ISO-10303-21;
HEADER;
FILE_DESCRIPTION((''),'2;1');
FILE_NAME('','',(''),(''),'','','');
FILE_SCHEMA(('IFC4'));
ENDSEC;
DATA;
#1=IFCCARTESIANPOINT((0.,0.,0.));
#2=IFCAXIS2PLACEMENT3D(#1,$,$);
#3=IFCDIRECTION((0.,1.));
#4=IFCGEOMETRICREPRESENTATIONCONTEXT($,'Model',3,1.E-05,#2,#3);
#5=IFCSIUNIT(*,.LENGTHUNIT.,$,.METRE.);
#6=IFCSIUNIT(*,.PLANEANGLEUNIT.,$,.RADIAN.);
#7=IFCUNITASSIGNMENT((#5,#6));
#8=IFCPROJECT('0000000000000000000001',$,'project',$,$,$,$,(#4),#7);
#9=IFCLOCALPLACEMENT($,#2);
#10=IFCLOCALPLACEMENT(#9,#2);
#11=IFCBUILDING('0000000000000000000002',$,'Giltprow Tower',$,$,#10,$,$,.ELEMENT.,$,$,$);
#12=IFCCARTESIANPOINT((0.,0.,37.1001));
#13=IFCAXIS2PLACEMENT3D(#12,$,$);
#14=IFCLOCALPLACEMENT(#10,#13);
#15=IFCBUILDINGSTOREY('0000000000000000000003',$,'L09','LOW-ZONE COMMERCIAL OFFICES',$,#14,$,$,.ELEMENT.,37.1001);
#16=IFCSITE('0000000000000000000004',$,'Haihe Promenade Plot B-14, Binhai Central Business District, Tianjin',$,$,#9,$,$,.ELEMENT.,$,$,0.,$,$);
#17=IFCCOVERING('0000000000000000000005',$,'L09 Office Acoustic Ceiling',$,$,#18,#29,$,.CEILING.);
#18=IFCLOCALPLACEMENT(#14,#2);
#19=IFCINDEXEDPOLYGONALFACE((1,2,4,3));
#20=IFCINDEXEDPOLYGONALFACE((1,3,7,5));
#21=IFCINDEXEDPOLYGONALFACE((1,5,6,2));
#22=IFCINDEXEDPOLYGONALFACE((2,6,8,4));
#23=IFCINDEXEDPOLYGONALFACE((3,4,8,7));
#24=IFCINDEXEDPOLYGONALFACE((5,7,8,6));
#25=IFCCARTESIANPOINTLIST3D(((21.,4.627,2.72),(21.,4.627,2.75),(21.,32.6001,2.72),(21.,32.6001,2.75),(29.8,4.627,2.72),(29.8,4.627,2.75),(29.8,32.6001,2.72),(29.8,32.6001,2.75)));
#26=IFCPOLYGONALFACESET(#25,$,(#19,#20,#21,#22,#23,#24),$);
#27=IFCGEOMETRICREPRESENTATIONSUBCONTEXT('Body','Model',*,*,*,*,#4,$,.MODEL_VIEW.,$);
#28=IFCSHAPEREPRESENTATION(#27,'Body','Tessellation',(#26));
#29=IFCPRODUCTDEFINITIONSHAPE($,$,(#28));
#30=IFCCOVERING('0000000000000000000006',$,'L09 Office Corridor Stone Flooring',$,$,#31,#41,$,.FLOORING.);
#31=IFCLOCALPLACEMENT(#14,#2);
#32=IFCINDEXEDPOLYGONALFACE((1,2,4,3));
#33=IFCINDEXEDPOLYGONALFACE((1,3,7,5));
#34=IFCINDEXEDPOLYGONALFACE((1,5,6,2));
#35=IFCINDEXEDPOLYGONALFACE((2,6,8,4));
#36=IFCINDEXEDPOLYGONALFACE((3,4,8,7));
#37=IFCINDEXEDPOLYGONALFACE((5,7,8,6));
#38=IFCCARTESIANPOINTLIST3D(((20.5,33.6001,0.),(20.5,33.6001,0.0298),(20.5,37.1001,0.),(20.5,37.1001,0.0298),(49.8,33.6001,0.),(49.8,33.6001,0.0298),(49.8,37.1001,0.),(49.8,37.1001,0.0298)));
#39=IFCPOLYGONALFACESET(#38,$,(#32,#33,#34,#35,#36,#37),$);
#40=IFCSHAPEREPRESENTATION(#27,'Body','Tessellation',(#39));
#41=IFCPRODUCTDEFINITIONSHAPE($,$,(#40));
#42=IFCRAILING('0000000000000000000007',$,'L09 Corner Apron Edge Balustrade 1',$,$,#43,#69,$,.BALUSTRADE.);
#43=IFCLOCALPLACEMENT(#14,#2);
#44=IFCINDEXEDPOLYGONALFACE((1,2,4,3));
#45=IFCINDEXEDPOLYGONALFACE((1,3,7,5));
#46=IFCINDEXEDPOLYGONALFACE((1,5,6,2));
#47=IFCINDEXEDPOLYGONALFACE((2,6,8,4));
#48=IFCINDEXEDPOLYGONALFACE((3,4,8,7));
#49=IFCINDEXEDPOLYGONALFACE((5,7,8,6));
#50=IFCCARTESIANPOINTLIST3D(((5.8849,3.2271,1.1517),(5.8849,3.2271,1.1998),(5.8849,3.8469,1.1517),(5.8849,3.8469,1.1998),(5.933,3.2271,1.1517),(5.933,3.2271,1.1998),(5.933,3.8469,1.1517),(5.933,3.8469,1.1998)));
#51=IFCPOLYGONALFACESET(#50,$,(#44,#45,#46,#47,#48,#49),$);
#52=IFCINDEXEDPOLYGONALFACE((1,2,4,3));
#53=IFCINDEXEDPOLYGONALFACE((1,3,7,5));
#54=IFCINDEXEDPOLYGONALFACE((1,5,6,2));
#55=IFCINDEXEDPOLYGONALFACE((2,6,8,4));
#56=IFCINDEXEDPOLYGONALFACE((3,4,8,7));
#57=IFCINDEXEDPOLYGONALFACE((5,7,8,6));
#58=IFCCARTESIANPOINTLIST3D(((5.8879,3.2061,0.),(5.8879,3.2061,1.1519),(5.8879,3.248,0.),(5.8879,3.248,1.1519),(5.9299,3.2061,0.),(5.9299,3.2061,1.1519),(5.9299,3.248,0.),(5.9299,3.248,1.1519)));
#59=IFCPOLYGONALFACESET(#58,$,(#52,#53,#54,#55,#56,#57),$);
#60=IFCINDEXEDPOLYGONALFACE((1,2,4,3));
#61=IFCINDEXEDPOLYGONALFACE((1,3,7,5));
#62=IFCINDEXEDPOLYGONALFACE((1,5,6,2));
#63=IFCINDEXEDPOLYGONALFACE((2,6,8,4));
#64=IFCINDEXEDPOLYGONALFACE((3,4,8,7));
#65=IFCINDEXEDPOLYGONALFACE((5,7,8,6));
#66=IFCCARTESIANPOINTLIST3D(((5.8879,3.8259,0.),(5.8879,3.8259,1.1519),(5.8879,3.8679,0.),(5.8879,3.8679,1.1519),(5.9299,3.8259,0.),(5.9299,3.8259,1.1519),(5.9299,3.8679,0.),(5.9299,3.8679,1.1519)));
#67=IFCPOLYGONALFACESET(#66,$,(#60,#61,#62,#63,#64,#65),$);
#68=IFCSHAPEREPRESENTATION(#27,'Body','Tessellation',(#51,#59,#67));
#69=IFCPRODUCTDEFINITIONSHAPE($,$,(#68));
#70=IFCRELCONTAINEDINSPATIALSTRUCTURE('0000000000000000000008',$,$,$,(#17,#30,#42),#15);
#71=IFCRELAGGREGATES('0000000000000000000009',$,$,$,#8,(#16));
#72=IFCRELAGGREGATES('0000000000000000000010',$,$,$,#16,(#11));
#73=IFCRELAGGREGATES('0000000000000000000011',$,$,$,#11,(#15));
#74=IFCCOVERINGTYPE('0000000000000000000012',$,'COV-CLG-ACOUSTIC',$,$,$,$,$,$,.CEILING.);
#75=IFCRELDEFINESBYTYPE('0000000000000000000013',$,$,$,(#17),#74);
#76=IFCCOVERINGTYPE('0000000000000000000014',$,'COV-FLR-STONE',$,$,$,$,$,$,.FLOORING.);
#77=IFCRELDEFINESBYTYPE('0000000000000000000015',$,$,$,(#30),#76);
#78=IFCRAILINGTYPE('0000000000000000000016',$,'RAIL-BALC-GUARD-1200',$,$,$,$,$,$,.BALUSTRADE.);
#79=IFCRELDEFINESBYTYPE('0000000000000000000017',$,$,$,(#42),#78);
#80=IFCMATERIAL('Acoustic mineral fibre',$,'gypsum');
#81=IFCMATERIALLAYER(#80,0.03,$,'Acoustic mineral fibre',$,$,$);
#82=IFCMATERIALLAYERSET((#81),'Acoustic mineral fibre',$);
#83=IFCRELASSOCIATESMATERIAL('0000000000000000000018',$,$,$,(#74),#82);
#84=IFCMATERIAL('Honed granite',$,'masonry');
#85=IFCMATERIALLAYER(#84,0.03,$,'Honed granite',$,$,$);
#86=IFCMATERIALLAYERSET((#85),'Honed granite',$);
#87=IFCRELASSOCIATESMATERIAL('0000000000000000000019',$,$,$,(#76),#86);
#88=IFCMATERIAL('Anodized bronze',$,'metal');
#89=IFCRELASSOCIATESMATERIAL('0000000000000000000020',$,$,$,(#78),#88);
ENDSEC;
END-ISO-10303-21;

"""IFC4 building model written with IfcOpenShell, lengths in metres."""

from ifc_helpers import new_model, si_unit, direction, frame, origin, origin_2d, place, context, subcontext, project, spatial, polyline, rectangle, outline, extrude, material, layer, layer_set, type_object, element, save


model = new_model("IFC4")

# Units and contexts
model_context = context("Model", 3, precision=1e-05, world=origin(), true_north=direction((0.0, 1.0)))
body_context = subcontext(model_context, "Body", "Model", "MODEL_VIEW")
ifc_project = project(units=[si_unit("LENGTHUNIT", "METRE"), si_unit("PLANEANGLEUNIT", "RADIAN")], contexts=[model_context])

# Site, building, storey
site_placement = place(None, origin())
site = spatial("IfcSite", under=ifc_project, at=site_placement, Name="Haihe Promenade Plot B-14, Binhai Central Business District, Tianjin", CompositionType="ELEMENT", RefElevation=0.0)
building_placement = place(site_placement, origin())
building = spatial("IfcBuilding", under=site, at=building_placement, Name="Giltprow Tower", CompositionType="ELEMENT")
storey_placement = place(building_placement, frame((0.0, 0.0, 37.1001)))
storey = spatial("IfcBuildingStorey", under=building, at=storey_placement, Name="L09", Description="LOW-ZONE COMMERCIAL OFFICES", CompositionType="ELEMENT", Elevation=37.1001)

# Shared definitions
ifc_material_1 = material(Name="Anodized bronze", Category="metal")

# Coverings
ifc_material_2 = material(Name="Acoustic mineral fibre", Category="gypsum")
ifc_layer_1 = layer(ifc_material_2, 0.03, Name="Acoustic mineral fibre")
ifc_layer_set_1 = layer_set([ifc_layer_1], Name="Acoustic mineral fibre")
covering_type_1 = type_object("IfcCoveringType", Name="COV-CLG-ACOUSTIC", PredefinedType="CEILING", material=ifc_layer_set_1)
covering_1_placement = place(storey_placement, frame((0.0, 0.0, 2.72)))
element("IfcCovering", 1, at=covering_1_placement, inside=storey, type_object=covering_type_1, Name="L09 Office Acoustic Ceiling", PredefinedType="CEILING", context=body_context, shape_type="SweptSolid", body=[
    extrude(outline(polyline([(21.0, 4.627), (29.8, 4.627), (29.8, 32.6001), (21.0, 32.6001), (21.0, 4.627)])), origin(), (0.0, 0.0, 1.0), 0.03),
])
ifc_material_3 = material(Name="Honed granite", Category="masonry")
ifc_layer_2 = layer(ifc_material_3, 0.03, Name="Honed granite")
ifc_layer_set_2 = layer_set([ifc_layer_2], Name="Honed granite")
covering_type_2 = type_object("IfcCoveringType", Name="COV-FLR-STONE", PredefinedType="FLOORING", material=ifc_layer_set_2)
covering_2_placement = place(storey_placement, origin())
element("IfcCovering", 2, at=covering_2_placement, inside=storey, type_object=covering_type_2, Name="L09 Office Corridor Stone Flooring", PredefinedType="FLOORING", context=body_context, shape_type="SweptSolid", body=[
    extrude(outline(polyline([(20.5, 33.6001), (49.8, 33.6001), (49.8, 37.1001), (20.5, 37.1001), (20.5, 33.6001)])), origin(), (0.0, 0.0, 1.0), 0.0298),
])

# Railing
railing_type = type_object("IfcRailingType", Name="RAIL-BALC-GUARD-1200", PredefinedType="BALUSTRADE", material=ifc_material_1)
railing_placement = place(storey_placement, frame((5.9089, 3.2271, 0.0)))
element("IfcRailing", 3, at=railing_placement, inside=storey, type_object=railing_type, Name="L09 Corner Apron Edge Balustrade 1", PredefinedType="BALUSTRADE", context=body_context, shape_type="SweptSolid", body=[
    extrude(rectangle(XDim=0.0481, YDim=0.0481, at=origin_2d()), frame((0.0, 0.0, 1.1758), z_axis=(0.0, 1.0, 0.0), x_axis=(-1.0, 0.0, 0.0)), (0.0, 0.0, 1.0), 0.6199),
    extrude(rectangle(XDim=0.042, YDim=0.042, at=origin_2d()), origin(), (0.0, 0.0, 1.0), 1.1519),
    extrude(rectangle(XDim=0.042, YDim=0.042, at=origin_2d()), frame((0.0, 0.6199, 0.0)), (0.0, 0.0, 1.0), 1.1519),
])

save(model, "model.ifc")
